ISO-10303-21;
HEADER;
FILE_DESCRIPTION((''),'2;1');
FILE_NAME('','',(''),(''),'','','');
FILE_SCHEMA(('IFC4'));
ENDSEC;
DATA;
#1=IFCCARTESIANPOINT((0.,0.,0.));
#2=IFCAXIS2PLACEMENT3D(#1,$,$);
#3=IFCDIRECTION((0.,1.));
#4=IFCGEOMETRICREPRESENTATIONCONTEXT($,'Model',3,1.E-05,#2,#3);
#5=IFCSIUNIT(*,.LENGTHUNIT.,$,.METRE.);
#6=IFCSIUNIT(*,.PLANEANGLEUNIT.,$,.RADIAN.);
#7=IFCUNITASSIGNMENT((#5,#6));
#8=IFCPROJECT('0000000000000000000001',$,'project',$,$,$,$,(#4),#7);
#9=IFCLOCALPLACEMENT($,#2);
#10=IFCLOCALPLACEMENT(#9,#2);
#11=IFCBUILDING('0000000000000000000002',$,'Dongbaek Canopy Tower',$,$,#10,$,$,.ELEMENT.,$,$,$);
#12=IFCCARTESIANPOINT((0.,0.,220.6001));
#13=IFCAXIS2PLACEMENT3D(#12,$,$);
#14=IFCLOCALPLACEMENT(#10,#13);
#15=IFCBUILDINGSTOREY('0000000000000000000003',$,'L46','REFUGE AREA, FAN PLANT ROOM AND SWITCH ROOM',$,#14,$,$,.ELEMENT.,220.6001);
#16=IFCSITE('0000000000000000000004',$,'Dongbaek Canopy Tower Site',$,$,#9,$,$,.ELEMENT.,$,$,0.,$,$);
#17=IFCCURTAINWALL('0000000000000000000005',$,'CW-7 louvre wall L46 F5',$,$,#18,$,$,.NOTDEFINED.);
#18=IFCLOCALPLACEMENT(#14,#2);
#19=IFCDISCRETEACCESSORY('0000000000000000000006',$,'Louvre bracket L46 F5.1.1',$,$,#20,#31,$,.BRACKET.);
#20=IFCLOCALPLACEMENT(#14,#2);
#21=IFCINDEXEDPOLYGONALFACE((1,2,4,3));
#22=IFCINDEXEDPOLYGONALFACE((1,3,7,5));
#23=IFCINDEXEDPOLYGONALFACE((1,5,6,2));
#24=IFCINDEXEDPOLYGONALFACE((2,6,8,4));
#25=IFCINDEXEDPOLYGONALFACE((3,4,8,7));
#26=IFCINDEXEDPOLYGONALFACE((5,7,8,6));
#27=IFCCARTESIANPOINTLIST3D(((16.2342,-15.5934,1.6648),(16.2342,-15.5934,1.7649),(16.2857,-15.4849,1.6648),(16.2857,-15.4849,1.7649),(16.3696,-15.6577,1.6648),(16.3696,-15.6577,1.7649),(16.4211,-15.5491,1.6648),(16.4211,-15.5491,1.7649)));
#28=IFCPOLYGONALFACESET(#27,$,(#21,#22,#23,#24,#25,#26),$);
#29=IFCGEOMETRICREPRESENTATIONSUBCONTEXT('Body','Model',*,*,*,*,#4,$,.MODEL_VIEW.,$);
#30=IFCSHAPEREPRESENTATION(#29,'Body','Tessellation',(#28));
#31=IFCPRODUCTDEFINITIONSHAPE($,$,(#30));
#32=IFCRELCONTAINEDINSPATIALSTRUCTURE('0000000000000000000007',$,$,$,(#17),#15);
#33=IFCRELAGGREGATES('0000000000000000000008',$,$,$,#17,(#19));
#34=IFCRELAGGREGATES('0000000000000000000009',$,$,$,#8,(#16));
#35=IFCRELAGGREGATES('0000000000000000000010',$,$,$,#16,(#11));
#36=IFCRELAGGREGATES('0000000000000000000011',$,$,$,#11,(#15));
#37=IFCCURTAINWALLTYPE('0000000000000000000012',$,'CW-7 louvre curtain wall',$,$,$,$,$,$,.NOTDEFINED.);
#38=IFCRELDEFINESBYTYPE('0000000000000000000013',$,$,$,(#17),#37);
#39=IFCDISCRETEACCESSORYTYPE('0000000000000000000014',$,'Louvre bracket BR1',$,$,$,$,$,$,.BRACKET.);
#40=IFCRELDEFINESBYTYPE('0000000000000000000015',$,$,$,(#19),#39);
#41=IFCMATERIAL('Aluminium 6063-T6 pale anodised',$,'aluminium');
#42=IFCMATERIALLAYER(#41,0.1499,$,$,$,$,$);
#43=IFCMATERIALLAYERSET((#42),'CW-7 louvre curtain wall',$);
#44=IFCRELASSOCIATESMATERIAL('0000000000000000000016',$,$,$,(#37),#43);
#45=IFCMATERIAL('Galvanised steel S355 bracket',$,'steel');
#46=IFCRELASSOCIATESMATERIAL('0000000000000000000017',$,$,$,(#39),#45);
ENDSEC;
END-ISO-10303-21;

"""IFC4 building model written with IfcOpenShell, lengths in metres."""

from ifc_helpers import new_model, si_unit, direction, frame, origin, origin_2d, place, context, subcontext, project, spatial, rectangle, extrude, material, layer, layer_set, type_object, element, aggregate, save


model = new_model("IFC4")

# Units and contexts
model_context = context("Model", 3, precision=1e-05, world=origin(), true_north=direction((0.0, 1.0)))
body_context = subcontext(model_context, "Body", "Model", "MODEL_VIEW")
ifc_project = project(units=[si_unit("LENGTHUNIT", "METRE"), si_unit("PLANEANGLEUNIT", "RADIAN")], contexts=[model_context])

# Site, building, storey
site_placement = place(None, origin())
site = spatial("IfcSite", under=ifc_project, at=site_placement, Name="Dongbaek Canopy Tower Site", CompositionType="ELEMENT", RefElevation=0.0)
building_placement = place(site_placement, origin())
building = spatial("IfcBuilding", under=site, at=building_placement, Name="Dongbaek Canopy Tower", CompositionType="ELEMENT")
storey_placement = place(building_placement, frame((0.0, 0.0, 220.6001)))
storey = spatial("IfcBuildingStorey", under=building, at=storey_placement, Name="L46", Description="REFUGE AREA, FAN PLANT ROOM AND SWITCH ROOM", CompositionType="ELEMENT", Elevation=220.6001)

# Shared definitions
ifc_material_1 = material(Name="Aluminium 6063-T6 pale anodised", Category="aluminium")
ifc_layer_1 = layer(ifc_material_1, 0.1499)
ifc_layer_set_1 = layer_set([ifc_layer_1], Name="CW-7 louvre curtain wall")
curtain_wall_type = type_object("IfcCurtainWallType", Name="CW-7 louvre curtain wall", PredefinedType="NOTDEFINED", material=ifc_layer_set_1)

# Curtain wall
curtain_wall_1_placement = place(storey_placement, origin())
curtain_wall_1 = element("IfcCurtainWall", 1, at=curtain_wall_1_placement, inside=storey, type_object=curtain_wall_type, Name="CW-7 louvre wall L46 F5", PredefinedType="NOTDEFINED")

# Discrete accessory
ifc_material_2 = material(Name="Galvanised steel S355 bracket", Category="steel")
discrete_accessory_type_1 = type_object("IfcDiscreteAccessoryType", Name="Louvre bracket BR1", PredefinedType="BRACKET", material=ifc_material_2)
discrete_accessory_placement = place(storey_placement, frame((16.3276, -15.5713, 1.6648), z_axis=(0.0, 0.0, 1.0), x_axis=(0.428545, 0.90352, 0.0)))
discrete_accessory = element("IfcDiscreteAccessory", 2, at=discrete_accessory_placement, type_object=discrete_accessory_type_1, Name="Louvre bracket L46 F5.1.1", PredefinedType="BRACKET", context=body_context, shape_type="SweptSolid", body=[
    extrude(rectangle(XDim=0.1201, YDim=0.1499, at=origin_2d()), origin(), (0.0, 0.0, 1.0), 0.1001),
])
aggregate(curtain_wall_1, [discrete_accessory])

save(model, "model.ifc")
